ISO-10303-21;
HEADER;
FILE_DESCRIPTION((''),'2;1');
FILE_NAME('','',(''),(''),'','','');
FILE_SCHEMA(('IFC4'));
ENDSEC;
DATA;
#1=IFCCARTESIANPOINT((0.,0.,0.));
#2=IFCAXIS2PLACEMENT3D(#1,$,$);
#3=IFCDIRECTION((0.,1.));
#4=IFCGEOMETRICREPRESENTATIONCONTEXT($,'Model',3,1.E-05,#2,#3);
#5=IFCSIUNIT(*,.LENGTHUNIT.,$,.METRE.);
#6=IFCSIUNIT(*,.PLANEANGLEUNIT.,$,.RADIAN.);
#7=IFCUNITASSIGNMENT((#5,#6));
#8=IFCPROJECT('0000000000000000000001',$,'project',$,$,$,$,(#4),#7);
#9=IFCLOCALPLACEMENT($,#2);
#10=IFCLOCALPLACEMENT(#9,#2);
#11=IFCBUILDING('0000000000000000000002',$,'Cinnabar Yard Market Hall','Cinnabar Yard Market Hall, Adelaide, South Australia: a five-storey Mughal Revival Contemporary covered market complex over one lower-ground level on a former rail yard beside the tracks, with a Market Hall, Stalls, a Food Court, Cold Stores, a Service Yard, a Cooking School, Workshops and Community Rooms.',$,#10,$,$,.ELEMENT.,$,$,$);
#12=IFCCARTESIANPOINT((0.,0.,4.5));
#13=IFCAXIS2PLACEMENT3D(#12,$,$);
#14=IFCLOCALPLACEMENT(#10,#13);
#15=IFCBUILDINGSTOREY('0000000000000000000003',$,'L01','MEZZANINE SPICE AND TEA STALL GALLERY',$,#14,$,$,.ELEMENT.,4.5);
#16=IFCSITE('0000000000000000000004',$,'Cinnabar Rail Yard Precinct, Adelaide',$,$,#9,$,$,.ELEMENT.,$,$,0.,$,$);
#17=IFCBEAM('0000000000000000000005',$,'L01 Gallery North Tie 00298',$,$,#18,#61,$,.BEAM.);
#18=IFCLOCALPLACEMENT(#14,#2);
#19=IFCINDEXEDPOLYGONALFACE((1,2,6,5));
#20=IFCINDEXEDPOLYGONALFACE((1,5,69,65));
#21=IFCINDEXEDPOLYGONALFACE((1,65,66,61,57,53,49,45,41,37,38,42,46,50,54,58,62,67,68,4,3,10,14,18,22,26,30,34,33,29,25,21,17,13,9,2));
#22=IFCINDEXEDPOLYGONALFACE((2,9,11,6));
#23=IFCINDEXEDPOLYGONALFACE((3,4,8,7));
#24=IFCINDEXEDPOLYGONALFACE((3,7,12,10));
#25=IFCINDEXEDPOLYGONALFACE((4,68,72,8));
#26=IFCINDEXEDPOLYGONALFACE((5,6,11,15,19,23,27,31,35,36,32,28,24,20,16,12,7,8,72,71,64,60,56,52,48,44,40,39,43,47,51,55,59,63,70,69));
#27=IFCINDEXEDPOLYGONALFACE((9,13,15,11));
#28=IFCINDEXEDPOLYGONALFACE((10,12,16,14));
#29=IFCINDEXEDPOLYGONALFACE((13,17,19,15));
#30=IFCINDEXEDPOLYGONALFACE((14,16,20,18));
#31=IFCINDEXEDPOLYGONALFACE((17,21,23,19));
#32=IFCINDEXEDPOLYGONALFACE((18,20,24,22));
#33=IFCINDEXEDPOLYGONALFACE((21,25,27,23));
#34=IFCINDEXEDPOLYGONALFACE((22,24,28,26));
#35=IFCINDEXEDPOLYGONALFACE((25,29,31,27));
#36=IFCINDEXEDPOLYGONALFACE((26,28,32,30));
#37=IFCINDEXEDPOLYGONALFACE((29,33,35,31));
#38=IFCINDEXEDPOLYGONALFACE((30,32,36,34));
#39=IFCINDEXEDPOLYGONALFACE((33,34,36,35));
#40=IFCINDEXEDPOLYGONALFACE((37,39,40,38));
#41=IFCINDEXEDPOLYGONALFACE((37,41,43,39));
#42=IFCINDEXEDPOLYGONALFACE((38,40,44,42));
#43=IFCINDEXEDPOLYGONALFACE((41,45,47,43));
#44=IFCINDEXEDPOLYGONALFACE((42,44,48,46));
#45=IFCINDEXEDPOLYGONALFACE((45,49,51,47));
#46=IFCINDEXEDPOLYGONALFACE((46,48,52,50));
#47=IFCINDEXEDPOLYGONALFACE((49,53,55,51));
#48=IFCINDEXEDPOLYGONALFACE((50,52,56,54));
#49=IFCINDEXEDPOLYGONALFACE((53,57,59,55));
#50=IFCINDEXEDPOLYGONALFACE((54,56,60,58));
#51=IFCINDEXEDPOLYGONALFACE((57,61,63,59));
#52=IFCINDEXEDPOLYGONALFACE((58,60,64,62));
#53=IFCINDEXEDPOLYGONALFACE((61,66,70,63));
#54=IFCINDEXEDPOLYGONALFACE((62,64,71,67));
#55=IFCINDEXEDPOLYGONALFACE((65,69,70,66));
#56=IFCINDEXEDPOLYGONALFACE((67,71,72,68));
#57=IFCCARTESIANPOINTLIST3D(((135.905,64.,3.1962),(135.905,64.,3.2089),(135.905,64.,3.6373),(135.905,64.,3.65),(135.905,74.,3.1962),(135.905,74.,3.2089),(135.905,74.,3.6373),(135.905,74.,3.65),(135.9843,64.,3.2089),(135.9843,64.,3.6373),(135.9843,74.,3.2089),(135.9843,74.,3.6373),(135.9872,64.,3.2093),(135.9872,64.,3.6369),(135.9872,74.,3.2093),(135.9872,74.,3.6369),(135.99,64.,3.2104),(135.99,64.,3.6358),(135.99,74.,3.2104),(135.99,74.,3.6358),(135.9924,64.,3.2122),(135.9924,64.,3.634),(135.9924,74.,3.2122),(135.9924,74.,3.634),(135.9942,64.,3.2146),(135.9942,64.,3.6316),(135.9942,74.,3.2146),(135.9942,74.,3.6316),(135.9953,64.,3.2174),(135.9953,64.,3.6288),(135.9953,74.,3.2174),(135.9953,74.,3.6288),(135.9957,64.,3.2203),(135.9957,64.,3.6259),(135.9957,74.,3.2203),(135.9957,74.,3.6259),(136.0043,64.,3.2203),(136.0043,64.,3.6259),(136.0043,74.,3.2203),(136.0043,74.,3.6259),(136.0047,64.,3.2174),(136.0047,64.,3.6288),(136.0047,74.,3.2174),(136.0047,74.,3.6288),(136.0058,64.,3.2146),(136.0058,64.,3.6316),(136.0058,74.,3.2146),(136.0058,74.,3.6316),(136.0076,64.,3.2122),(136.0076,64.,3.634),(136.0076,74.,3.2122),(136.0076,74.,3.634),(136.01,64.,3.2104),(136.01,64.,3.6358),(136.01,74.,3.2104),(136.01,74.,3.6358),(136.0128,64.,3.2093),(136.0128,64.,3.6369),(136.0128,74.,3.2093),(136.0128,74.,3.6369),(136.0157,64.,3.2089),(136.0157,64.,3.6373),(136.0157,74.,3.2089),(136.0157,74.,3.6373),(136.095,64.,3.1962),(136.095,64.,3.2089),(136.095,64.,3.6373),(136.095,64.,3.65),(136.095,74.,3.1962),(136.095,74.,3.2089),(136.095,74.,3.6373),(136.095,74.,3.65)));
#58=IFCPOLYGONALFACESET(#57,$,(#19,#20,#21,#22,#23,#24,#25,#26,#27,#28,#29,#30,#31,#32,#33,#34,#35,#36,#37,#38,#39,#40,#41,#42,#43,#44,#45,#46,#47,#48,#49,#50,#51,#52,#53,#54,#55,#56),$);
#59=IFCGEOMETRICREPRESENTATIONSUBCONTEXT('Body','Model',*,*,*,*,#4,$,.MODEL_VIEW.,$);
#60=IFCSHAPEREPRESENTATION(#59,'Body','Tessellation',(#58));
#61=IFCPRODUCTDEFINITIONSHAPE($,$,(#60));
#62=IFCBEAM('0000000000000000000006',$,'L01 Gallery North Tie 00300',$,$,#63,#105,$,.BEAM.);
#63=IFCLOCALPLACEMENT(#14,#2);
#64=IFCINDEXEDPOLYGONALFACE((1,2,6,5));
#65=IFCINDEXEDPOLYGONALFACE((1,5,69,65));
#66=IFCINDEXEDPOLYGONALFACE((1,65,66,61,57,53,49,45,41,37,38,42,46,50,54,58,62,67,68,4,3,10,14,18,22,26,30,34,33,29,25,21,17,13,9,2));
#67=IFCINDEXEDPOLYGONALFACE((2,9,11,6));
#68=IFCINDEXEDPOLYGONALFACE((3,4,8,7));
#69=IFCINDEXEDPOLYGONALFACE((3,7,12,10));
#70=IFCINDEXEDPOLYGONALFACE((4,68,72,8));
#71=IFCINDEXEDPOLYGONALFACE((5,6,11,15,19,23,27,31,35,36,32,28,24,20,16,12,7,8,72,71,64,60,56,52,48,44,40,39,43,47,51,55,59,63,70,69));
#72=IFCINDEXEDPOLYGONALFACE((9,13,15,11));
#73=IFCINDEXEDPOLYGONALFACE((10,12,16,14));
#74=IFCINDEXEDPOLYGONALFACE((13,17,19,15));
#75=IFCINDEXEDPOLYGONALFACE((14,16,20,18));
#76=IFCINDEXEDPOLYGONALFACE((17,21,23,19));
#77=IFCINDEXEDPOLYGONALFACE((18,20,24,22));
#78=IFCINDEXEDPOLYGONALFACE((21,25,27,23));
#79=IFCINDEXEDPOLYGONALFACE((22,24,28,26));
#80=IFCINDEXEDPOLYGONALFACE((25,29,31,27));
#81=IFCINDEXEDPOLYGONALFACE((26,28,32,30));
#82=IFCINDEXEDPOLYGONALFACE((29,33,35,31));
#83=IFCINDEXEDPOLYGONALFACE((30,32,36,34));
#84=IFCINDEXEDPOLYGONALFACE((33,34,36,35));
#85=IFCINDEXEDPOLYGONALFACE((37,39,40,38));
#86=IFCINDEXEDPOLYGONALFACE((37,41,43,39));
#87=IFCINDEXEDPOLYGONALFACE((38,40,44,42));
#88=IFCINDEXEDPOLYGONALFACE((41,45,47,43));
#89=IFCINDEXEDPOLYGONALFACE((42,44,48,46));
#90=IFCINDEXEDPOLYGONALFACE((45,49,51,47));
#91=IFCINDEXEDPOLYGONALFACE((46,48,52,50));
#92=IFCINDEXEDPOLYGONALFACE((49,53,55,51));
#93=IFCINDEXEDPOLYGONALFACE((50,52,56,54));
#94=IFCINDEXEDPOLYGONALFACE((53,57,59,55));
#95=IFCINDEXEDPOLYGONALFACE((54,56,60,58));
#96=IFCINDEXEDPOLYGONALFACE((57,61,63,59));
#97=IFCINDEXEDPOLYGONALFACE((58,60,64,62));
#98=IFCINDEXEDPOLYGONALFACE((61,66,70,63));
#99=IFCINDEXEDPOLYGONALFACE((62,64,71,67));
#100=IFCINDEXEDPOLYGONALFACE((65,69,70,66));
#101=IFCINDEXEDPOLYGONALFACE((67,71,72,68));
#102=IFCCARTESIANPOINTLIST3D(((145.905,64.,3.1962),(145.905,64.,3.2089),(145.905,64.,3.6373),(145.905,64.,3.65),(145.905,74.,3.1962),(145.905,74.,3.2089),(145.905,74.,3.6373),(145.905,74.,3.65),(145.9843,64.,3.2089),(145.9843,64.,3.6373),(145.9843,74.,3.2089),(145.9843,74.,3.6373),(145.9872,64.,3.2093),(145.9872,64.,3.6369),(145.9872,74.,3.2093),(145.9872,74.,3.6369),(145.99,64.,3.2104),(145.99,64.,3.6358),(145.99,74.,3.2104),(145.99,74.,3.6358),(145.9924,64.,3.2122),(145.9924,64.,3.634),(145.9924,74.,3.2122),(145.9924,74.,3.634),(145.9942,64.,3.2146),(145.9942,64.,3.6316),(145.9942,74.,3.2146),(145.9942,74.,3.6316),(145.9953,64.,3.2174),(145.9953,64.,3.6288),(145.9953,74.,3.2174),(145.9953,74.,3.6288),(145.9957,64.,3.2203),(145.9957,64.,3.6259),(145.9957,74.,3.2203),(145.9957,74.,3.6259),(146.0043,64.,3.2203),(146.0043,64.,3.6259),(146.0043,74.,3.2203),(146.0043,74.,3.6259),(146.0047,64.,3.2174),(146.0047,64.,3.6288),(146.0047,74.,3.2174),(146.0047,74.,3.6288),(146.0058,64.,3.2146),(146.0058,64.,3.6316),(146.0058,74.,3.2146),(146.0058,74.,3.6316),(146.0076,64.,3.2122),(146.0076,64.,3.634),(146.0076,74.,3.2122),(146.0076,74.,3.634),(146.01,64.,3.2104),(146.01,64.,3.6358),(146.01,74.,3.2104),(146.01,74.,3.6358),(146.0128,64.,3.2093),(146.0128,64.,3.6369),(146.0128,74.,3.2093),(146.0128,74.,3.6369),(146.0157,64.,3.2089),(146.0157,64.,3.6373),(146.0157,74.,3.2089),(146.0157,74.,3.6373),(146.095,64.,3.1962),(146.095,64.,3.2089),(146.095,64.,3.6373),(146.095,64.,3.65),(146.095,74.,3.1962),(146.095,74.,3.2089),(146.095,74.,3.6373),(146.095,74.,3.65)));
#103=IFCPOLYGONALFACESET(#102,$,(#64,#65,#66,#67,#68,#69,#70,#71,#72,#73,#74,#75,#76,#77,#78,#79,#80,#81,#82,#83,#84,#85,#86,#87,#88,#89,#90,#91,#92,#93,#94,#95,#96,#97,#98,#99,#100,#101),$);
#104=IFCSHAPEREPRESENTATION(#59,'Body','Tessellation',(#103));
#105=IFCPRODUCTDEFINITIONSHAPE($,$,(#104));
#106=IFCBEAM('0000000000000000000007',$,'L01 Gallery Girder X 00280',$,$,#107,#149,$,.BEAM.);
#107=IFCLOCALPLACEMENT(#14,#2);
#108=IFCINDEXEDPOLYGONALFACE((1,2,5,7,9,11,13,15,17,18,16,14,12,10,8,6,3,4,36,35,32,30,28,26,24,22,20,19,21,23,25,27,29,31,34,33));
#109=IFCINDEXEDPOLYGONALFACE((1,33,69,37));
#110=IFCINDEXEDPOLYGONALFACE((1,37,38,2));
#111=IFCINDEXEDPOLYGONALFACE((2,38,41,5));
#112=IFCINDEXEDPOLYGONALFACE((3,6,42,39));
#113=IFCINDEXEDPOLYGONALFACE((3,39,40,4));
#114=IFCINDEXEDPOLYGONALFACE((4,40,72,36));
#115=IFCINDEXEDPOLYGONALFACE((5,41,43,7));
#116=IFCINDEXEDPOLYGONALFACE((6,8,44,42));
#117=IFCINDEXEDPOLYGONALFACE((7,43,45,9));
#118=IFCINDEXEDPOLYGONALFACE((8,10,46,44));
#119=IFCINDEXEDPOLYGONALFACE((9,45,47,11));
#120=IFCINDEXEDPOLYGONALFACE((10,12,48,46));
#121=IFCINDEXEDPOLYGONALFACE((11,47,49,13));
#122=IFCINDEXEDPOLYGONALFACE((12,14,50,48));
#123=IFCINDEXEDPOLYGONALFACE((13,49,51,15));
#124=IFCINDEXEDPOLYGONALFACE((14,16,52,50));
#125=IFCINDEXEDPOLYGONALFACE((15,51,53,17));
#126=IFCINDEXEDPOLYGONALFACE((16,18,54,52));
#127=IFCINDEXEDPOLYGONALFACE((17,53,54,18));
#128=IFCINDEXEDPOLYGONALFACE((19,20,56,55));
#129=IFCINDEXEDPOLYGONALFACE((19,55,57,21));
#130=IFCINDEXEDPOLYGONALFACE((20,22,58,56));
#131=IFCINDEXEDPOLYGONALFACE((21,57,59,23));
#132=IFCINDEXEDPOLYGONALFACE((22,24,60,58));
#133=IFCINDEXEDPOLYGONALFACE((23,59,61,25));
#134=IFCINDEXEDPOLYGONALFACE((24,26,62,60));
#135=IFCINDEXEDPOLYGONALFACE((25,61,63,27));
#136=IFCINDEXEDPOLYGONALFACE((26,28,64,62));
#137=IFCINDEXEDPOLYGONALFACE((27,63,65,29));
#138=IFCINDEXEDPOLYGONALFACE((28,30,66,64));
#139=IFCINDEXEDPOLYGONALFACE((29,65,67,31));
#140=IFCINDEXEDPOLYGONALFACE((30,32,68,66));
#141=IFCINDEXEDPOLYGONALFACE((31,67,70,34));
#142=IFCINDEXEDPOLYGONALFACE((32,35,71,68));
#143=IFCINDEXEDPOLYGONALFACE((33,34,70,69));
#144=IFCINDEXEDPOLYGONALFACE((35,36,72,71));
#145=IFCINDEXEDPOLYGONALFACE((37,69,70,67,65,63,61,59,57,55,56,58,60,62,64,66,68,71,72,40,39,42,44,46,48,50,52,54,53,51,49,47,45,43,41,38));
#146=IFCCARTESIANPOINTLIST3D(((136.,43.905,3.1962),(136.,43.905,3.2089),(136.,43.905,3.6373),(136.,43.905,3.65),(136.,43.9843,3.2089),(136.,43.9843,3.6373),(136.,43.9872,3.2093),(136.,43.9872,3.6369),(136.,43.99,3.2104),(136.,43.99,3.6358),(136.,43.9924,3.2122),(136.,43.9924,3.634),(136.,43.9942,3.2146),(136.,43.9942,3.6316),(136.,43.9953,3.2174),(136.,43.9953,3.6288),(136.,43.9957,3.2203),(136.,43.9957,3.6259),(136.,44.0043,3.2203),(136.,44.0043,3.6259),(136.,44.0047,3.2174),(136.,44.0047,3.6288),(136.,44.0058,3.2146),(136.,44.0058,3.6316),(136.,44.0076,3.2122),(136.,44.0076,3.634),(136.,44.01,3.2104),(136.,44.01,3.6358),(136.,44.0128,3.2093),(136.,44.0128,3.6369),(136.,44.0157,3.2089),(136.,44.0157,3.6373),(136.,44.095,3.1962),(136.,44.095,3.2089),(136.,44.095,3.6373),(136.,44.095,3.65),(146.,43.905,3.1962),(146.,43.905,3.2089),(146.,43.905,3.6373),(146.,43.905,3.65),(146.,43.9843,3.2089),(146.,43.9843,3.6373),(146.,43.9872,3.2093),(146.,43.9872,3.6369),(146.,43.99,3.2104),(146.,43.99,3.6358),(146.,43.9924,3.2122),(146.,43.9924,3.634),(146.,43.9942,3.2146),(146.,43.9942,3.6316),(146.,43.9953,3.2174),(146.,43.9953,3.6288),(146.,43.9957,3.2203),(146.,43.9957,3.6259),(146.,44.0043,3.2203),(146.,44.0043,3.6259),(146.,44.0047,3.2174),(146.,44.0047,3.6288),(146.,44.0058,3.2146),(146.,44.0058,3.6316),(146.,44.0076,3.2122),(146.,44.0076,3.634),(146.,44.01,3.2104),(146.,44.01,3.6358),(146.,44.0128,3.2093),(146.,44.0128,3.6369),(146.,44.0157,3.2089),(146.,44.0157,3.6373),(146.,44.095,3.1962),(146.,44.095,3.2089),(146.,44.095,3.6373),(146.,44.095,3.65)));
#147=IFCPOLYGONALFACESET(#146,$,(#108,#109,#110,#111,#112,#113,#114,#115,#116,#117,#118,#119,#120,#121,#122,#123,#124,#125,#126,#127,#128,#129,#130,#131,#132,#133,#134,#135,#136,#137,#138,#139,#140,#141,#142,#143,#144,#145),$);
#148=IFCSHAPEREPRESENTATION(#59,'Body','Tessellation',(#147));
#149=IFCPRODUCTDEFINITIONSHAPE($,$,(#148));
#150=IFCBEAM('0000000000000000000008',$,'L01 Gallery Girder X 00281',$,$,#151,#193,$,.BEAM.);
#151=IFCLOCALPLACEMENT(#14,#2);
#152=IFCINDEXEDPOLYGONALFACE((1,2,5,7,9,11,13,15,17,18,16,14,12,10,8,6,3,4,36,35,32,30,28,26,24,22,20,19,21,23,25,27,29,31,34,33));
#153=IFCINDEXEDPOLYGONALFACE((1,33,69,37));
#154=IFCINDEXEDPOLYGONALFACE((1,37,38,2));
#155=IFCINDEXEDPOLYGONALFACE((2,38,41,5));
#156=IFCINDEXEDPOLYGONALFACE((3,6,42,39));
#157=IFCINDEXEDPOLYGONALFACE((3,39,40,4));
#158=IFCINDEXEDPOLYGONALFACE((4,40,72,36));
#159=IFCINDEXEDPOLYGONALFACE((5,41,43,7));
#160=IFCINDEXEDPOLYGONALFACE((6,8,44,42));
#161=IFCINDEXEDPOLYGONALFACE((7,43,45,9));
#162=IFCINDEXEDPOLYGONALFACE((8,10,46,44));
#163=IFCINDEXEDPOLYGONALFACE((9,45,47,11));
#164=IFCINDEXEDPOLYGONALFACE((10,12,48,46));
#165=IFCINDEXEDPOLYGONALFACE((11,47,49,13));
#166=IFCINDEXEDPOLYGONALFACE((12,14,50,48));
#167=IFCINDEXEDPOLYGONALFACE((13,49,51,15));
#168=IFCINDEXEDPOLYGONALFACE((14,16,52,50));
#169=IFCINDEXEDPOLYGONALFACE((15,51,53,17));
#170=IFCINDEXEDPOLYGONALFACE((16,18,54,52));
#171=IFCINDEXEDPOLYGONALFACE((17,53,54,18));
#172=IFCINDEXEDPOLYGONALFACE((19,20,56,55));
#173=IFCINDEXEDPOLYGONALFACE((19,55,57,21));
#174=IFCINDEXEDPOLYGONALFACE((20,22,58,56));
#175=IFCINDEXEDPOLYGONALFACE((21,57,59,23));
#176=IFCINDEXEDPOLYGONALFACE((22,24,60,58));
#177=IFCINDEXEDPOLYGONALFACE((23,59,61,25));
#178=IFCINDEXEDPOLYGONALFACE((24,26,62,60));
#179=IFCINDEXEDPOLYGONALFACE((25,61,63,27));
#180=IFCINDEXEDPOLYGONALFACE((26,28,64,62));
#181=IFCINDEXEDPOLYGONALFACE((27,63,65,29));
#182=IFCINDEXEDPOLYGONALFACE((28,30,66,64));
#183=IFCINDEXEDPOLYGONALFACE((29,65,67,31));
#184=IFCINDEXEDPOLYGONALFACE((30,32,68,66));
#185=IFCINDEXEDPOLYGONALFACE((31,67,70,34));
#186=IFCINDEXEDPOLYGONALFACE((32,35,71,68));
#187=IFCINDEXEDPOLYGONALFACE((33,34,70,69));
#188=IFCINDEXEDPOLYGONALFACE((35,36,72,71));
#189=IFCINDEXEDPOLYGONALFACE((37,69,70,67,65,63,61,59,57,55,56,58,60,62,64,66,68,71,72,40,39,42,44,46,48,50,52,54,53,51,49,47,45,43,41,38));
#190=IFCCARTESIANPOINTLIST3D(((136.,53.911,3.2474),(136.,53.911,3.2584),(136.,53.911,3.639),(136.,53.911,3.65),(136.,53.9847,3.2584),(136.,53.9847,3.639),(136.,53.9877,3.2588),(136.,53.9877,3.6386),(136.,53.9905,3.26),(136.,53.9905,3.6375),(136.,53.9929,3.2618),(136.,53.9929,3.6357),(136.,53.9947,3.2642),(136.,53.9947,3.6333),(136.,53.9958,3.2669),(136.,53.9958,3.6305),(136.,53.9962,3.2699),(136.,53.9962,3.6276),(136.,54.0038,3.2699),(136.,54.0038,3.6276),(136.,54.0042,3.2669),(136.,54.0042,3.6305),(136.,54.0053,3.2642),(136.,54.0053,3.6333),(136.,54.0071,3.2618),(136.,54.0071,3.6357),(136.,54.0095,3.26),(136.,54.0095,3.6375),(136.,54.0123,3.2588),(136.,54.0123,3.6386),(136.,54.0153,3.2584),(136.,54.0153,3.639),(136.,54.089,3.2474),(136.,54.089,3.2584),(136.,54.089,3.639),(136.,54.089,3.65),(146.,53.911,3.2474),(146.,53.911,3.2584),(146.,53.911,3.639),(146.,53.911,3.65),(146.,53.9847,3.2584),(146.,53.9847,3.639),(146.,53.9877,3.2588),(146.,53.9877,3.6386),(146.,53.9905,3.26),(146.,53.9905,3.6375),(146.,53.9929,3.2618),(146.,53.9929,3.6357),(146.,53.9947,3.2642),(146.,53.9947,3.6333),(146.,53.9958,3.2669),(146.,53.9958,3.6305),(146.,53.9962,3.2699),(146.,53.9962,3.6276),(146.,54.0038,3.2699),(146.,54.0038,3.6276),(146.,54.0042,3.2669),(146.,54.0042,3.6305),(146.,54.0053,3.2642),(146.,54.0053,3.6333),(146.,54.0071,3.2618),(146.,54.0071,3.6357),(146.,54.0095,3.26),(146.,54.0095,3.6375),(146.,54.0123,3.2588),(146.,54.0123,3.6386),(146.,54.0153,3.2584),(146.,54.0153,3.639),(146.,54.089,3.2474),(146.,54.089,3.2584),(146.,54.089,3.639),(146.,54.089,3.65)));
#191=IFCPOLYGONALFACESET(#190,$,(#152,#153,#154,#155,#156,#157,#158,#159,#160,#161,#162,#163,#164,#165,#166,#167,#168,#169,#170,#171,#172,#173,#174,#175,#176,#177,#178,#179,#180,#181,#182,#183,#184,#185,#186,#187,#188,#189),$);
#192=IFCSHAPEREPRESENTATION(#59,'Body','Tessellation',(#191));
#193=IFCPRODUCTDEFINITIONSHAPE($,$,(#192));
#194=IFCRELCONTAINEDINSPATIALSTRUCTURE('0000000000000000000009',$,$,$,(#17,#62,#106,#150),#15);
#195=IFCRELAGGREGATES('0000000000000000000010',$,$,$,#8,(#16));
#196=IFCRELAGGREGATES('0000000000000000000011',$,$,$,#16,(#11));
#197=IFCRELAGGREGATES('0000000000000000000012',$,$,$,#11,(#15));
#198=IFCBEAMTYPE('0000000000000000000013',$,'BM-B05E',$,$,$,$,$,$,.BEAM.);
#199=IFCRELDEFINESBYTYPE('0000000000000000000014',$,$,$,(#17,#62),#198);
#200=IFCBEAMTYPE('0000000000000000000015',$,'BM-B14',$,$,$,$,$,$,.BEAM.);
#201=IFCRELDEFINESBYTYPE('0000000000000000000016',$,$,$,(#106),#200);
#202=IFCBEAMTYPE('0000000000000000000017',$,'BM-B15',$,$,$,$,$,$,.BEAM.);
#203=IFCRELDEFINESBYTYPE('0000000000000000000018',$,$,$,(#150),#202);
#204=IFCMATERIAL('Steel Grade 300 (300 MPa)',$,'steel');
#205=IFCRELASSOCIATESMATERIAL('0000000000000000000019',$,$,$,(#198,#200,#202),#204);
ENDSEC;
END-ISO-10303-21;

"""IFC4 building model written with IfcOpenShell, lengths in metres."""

from ifc_helpers import new_model, si_unit, direction, frame, origin, origin_2d_with_axis, place, context, subcontext, project, spatial, i_section, extrude, material, material_profile, profile_set, type_object, element, save


model = new_model("IFC4")

# Units and contexts
model_context = context("Model", 3, precision=1e-05, world=origin(), true_north=direction((0.0, 1.0)))
body_context = subcontext(model_context, "Body", "Model", "MODEL_VIEW")
ifc_project = project(units=[si_unit("LENGTHUNIT", "METRE"), si_unit("PLANEANGLEUNIT", "RADIAN")], contexts=[model_context])

# Site, building, storey
site_placement = place(None, origin())
site = spatial("IfcSite", under=ifc_project, at=site_placement, Name="Cinnabar Rail Yard Precinct, Adelaide", CompositionType="ELEMENT", RefElevation=0.0)
building_placement = place(site_placement, origin())
building = spatial("IfcBuilding", under=site, at=building_placement, Name="Cinnabar Yard Market Hall", Description="Cinnabar Yard Market Hall, Adelaide, South Australia: a five-storey Mughal Revival Contemporary covered market complex over one lower-ground level on a former rail yard beside the tracks, with a Market Hall, Stalls, a Food Court, Cold Stores, a Service Yard, a Cooking School, Workshops and Community Rooms.", CompositionType="ELEMENT")
storey_placement = place(building_placement, frame((0.0, 0.0, 4.5)))
storey = spatial("IfcBuildingStorey", under=building, at=storey_placement, Name="L01", Description="MEZZANINE SPICE AND TEA STALL GALLERY", CompositionType="ELEMENT", Elevation=4.5)

# Beams
ifc_material_1 = material(Name="Steel Grade 300 (300 MPa)", Category="steel")
ifc_material_profile_1 = material_profile(ifc_material_1, i_section(OverallWidth=0.1899, OverallDepth=0.4539, WebThickness=0.0085, FlangeThickness=0.0127, FilletRadius=0.0115, at=origin_2d_with_axis()), Name="460UB67.1")
ifc_profile_set_1 = profile_set([ifc_material_profile_1], Name="Steel Grade 300 (300 MPa)")
beam_type_1 = type_object("IfcBeamType", Name="BM-B05E", PredefinedType="BEAM", material=ifc_profile_set_1)
for number, where, z_axis, x_axis, name in (
    (1, (136.0, 64.0, 3.4231), (0.0, 1.0, 0.0), (-1.0, 0.0, 0.0), "L01 Gallery North Tie 00298"),
    (2, (146.0, 64.0, 3.4231), (0.0, 1.0, 0.0), (-1.0, 0.0, 0.0), "L01 Gallery North Tie 00300"),
):
    element("IfcBeam", number, at=place(storey_placement, frame(where, z_axis=z_axis, x_axis=x_axis)), inside=storey, type_object=beam_type_1, Name=name, PredefinedType="BEAM", context=body_context, shape_type="SweptSolid", body=[
        extrude(i_section(OverallWidth=0.1899, OverallDepth=0.4539, WebThickness=0.0085, FlangeThickness=0.0127, FilletRadius=0.0115, at=origin_2d_with_axis()), origin(), (0.0, 0.0, 1.0), 10.0),
    ])
ifc_material_profile_2 = material_profile(ifc_material_1, i_section(OverallWidth=0.1899, OverallDepth=0.4539, WebThickness=0.0085, FlangeThickness=0.0127, FilletRadius=0.0115, at=origin_2d_with_axis()), Name="460UB67.1")
ifc_profile_set_2 = profile_set([ifc_material_profile_2], Name="Steel Grade 300 (300 MPa)")
beam_type_2 = type_object("IfcBeamType", Name="BM-B14", PredefinedType="BEAM", material=ifc_profile_set_2)
beam_1_placement = place(storey_placement, frame((136.0, 44.0, 3.4231), z_axis=(1.0, 0.0, 0.0), x_axis=(0.0, 1.0, 0.0)))
element("IfcBeam", 3, at=beam_1_placement, inside=storey, type_object=beam_type_2, Name="L01 Gallery Girder X 00280", PredefinedType="BEAM", context=body_context, shape_type="SweptSolid", body=[
    extrude(i_section(OverallWidth=0.1899, OverallDepth=0.4539, WebThickness=0.0085, FlangeThickness=0.0127, FilletRadius=0.0115, at=origin_2d_with_axis()), origin(), (0.0, 0.0, 1.0), 10.0),
])
ifc_material_profile_3 = material_profile(ifc_material_1, i_section(OverallWidth=0.178, OverallDepth=0.4026, WebThickness=0.0076, FlangeThickness=0.011, FilletRadius=0.0115, at=origin_2d_with_axis()), Name="410UB53.7")
ifc_profile_set_3 = profile_set([ifc_material_profile_3], Name="Steel Grade 300 (300 MPa)")
beam_type_3 = type_object("IfcBeamType", Name="BM-B15", PredefinedType="BEAM", material=ifc_profile_set_3)
for number, where, z_axis, x_axis, name in (
    (4, (136.0, 54.0, 3.4487), (1.0, 0.0, 0.0), (0.0, 1.0, 0.0), "L01 Gallery Girder X 00281"),
):
    element("IfcBeam", number, at=place(storey_placement, frame(where, z_axis=z_axis, x_axis=x_axis)), inside=storey, type_object=beam_type_3, Name=name, PredefinedType="BEAM", context=body_context, shape_type="SweptSolid", body=[
        extrude(i_section(OverallWidth=0.178, OverallDepth=0.4026, WebThickness=0.0076, FlangeThickness=0.011, FilletRadius=0.0115, at=origin_2d_with_axis()), origin(), (0.0, 0.0, 1.0), 10.0),
    ])

save(model, "model.ifc")
